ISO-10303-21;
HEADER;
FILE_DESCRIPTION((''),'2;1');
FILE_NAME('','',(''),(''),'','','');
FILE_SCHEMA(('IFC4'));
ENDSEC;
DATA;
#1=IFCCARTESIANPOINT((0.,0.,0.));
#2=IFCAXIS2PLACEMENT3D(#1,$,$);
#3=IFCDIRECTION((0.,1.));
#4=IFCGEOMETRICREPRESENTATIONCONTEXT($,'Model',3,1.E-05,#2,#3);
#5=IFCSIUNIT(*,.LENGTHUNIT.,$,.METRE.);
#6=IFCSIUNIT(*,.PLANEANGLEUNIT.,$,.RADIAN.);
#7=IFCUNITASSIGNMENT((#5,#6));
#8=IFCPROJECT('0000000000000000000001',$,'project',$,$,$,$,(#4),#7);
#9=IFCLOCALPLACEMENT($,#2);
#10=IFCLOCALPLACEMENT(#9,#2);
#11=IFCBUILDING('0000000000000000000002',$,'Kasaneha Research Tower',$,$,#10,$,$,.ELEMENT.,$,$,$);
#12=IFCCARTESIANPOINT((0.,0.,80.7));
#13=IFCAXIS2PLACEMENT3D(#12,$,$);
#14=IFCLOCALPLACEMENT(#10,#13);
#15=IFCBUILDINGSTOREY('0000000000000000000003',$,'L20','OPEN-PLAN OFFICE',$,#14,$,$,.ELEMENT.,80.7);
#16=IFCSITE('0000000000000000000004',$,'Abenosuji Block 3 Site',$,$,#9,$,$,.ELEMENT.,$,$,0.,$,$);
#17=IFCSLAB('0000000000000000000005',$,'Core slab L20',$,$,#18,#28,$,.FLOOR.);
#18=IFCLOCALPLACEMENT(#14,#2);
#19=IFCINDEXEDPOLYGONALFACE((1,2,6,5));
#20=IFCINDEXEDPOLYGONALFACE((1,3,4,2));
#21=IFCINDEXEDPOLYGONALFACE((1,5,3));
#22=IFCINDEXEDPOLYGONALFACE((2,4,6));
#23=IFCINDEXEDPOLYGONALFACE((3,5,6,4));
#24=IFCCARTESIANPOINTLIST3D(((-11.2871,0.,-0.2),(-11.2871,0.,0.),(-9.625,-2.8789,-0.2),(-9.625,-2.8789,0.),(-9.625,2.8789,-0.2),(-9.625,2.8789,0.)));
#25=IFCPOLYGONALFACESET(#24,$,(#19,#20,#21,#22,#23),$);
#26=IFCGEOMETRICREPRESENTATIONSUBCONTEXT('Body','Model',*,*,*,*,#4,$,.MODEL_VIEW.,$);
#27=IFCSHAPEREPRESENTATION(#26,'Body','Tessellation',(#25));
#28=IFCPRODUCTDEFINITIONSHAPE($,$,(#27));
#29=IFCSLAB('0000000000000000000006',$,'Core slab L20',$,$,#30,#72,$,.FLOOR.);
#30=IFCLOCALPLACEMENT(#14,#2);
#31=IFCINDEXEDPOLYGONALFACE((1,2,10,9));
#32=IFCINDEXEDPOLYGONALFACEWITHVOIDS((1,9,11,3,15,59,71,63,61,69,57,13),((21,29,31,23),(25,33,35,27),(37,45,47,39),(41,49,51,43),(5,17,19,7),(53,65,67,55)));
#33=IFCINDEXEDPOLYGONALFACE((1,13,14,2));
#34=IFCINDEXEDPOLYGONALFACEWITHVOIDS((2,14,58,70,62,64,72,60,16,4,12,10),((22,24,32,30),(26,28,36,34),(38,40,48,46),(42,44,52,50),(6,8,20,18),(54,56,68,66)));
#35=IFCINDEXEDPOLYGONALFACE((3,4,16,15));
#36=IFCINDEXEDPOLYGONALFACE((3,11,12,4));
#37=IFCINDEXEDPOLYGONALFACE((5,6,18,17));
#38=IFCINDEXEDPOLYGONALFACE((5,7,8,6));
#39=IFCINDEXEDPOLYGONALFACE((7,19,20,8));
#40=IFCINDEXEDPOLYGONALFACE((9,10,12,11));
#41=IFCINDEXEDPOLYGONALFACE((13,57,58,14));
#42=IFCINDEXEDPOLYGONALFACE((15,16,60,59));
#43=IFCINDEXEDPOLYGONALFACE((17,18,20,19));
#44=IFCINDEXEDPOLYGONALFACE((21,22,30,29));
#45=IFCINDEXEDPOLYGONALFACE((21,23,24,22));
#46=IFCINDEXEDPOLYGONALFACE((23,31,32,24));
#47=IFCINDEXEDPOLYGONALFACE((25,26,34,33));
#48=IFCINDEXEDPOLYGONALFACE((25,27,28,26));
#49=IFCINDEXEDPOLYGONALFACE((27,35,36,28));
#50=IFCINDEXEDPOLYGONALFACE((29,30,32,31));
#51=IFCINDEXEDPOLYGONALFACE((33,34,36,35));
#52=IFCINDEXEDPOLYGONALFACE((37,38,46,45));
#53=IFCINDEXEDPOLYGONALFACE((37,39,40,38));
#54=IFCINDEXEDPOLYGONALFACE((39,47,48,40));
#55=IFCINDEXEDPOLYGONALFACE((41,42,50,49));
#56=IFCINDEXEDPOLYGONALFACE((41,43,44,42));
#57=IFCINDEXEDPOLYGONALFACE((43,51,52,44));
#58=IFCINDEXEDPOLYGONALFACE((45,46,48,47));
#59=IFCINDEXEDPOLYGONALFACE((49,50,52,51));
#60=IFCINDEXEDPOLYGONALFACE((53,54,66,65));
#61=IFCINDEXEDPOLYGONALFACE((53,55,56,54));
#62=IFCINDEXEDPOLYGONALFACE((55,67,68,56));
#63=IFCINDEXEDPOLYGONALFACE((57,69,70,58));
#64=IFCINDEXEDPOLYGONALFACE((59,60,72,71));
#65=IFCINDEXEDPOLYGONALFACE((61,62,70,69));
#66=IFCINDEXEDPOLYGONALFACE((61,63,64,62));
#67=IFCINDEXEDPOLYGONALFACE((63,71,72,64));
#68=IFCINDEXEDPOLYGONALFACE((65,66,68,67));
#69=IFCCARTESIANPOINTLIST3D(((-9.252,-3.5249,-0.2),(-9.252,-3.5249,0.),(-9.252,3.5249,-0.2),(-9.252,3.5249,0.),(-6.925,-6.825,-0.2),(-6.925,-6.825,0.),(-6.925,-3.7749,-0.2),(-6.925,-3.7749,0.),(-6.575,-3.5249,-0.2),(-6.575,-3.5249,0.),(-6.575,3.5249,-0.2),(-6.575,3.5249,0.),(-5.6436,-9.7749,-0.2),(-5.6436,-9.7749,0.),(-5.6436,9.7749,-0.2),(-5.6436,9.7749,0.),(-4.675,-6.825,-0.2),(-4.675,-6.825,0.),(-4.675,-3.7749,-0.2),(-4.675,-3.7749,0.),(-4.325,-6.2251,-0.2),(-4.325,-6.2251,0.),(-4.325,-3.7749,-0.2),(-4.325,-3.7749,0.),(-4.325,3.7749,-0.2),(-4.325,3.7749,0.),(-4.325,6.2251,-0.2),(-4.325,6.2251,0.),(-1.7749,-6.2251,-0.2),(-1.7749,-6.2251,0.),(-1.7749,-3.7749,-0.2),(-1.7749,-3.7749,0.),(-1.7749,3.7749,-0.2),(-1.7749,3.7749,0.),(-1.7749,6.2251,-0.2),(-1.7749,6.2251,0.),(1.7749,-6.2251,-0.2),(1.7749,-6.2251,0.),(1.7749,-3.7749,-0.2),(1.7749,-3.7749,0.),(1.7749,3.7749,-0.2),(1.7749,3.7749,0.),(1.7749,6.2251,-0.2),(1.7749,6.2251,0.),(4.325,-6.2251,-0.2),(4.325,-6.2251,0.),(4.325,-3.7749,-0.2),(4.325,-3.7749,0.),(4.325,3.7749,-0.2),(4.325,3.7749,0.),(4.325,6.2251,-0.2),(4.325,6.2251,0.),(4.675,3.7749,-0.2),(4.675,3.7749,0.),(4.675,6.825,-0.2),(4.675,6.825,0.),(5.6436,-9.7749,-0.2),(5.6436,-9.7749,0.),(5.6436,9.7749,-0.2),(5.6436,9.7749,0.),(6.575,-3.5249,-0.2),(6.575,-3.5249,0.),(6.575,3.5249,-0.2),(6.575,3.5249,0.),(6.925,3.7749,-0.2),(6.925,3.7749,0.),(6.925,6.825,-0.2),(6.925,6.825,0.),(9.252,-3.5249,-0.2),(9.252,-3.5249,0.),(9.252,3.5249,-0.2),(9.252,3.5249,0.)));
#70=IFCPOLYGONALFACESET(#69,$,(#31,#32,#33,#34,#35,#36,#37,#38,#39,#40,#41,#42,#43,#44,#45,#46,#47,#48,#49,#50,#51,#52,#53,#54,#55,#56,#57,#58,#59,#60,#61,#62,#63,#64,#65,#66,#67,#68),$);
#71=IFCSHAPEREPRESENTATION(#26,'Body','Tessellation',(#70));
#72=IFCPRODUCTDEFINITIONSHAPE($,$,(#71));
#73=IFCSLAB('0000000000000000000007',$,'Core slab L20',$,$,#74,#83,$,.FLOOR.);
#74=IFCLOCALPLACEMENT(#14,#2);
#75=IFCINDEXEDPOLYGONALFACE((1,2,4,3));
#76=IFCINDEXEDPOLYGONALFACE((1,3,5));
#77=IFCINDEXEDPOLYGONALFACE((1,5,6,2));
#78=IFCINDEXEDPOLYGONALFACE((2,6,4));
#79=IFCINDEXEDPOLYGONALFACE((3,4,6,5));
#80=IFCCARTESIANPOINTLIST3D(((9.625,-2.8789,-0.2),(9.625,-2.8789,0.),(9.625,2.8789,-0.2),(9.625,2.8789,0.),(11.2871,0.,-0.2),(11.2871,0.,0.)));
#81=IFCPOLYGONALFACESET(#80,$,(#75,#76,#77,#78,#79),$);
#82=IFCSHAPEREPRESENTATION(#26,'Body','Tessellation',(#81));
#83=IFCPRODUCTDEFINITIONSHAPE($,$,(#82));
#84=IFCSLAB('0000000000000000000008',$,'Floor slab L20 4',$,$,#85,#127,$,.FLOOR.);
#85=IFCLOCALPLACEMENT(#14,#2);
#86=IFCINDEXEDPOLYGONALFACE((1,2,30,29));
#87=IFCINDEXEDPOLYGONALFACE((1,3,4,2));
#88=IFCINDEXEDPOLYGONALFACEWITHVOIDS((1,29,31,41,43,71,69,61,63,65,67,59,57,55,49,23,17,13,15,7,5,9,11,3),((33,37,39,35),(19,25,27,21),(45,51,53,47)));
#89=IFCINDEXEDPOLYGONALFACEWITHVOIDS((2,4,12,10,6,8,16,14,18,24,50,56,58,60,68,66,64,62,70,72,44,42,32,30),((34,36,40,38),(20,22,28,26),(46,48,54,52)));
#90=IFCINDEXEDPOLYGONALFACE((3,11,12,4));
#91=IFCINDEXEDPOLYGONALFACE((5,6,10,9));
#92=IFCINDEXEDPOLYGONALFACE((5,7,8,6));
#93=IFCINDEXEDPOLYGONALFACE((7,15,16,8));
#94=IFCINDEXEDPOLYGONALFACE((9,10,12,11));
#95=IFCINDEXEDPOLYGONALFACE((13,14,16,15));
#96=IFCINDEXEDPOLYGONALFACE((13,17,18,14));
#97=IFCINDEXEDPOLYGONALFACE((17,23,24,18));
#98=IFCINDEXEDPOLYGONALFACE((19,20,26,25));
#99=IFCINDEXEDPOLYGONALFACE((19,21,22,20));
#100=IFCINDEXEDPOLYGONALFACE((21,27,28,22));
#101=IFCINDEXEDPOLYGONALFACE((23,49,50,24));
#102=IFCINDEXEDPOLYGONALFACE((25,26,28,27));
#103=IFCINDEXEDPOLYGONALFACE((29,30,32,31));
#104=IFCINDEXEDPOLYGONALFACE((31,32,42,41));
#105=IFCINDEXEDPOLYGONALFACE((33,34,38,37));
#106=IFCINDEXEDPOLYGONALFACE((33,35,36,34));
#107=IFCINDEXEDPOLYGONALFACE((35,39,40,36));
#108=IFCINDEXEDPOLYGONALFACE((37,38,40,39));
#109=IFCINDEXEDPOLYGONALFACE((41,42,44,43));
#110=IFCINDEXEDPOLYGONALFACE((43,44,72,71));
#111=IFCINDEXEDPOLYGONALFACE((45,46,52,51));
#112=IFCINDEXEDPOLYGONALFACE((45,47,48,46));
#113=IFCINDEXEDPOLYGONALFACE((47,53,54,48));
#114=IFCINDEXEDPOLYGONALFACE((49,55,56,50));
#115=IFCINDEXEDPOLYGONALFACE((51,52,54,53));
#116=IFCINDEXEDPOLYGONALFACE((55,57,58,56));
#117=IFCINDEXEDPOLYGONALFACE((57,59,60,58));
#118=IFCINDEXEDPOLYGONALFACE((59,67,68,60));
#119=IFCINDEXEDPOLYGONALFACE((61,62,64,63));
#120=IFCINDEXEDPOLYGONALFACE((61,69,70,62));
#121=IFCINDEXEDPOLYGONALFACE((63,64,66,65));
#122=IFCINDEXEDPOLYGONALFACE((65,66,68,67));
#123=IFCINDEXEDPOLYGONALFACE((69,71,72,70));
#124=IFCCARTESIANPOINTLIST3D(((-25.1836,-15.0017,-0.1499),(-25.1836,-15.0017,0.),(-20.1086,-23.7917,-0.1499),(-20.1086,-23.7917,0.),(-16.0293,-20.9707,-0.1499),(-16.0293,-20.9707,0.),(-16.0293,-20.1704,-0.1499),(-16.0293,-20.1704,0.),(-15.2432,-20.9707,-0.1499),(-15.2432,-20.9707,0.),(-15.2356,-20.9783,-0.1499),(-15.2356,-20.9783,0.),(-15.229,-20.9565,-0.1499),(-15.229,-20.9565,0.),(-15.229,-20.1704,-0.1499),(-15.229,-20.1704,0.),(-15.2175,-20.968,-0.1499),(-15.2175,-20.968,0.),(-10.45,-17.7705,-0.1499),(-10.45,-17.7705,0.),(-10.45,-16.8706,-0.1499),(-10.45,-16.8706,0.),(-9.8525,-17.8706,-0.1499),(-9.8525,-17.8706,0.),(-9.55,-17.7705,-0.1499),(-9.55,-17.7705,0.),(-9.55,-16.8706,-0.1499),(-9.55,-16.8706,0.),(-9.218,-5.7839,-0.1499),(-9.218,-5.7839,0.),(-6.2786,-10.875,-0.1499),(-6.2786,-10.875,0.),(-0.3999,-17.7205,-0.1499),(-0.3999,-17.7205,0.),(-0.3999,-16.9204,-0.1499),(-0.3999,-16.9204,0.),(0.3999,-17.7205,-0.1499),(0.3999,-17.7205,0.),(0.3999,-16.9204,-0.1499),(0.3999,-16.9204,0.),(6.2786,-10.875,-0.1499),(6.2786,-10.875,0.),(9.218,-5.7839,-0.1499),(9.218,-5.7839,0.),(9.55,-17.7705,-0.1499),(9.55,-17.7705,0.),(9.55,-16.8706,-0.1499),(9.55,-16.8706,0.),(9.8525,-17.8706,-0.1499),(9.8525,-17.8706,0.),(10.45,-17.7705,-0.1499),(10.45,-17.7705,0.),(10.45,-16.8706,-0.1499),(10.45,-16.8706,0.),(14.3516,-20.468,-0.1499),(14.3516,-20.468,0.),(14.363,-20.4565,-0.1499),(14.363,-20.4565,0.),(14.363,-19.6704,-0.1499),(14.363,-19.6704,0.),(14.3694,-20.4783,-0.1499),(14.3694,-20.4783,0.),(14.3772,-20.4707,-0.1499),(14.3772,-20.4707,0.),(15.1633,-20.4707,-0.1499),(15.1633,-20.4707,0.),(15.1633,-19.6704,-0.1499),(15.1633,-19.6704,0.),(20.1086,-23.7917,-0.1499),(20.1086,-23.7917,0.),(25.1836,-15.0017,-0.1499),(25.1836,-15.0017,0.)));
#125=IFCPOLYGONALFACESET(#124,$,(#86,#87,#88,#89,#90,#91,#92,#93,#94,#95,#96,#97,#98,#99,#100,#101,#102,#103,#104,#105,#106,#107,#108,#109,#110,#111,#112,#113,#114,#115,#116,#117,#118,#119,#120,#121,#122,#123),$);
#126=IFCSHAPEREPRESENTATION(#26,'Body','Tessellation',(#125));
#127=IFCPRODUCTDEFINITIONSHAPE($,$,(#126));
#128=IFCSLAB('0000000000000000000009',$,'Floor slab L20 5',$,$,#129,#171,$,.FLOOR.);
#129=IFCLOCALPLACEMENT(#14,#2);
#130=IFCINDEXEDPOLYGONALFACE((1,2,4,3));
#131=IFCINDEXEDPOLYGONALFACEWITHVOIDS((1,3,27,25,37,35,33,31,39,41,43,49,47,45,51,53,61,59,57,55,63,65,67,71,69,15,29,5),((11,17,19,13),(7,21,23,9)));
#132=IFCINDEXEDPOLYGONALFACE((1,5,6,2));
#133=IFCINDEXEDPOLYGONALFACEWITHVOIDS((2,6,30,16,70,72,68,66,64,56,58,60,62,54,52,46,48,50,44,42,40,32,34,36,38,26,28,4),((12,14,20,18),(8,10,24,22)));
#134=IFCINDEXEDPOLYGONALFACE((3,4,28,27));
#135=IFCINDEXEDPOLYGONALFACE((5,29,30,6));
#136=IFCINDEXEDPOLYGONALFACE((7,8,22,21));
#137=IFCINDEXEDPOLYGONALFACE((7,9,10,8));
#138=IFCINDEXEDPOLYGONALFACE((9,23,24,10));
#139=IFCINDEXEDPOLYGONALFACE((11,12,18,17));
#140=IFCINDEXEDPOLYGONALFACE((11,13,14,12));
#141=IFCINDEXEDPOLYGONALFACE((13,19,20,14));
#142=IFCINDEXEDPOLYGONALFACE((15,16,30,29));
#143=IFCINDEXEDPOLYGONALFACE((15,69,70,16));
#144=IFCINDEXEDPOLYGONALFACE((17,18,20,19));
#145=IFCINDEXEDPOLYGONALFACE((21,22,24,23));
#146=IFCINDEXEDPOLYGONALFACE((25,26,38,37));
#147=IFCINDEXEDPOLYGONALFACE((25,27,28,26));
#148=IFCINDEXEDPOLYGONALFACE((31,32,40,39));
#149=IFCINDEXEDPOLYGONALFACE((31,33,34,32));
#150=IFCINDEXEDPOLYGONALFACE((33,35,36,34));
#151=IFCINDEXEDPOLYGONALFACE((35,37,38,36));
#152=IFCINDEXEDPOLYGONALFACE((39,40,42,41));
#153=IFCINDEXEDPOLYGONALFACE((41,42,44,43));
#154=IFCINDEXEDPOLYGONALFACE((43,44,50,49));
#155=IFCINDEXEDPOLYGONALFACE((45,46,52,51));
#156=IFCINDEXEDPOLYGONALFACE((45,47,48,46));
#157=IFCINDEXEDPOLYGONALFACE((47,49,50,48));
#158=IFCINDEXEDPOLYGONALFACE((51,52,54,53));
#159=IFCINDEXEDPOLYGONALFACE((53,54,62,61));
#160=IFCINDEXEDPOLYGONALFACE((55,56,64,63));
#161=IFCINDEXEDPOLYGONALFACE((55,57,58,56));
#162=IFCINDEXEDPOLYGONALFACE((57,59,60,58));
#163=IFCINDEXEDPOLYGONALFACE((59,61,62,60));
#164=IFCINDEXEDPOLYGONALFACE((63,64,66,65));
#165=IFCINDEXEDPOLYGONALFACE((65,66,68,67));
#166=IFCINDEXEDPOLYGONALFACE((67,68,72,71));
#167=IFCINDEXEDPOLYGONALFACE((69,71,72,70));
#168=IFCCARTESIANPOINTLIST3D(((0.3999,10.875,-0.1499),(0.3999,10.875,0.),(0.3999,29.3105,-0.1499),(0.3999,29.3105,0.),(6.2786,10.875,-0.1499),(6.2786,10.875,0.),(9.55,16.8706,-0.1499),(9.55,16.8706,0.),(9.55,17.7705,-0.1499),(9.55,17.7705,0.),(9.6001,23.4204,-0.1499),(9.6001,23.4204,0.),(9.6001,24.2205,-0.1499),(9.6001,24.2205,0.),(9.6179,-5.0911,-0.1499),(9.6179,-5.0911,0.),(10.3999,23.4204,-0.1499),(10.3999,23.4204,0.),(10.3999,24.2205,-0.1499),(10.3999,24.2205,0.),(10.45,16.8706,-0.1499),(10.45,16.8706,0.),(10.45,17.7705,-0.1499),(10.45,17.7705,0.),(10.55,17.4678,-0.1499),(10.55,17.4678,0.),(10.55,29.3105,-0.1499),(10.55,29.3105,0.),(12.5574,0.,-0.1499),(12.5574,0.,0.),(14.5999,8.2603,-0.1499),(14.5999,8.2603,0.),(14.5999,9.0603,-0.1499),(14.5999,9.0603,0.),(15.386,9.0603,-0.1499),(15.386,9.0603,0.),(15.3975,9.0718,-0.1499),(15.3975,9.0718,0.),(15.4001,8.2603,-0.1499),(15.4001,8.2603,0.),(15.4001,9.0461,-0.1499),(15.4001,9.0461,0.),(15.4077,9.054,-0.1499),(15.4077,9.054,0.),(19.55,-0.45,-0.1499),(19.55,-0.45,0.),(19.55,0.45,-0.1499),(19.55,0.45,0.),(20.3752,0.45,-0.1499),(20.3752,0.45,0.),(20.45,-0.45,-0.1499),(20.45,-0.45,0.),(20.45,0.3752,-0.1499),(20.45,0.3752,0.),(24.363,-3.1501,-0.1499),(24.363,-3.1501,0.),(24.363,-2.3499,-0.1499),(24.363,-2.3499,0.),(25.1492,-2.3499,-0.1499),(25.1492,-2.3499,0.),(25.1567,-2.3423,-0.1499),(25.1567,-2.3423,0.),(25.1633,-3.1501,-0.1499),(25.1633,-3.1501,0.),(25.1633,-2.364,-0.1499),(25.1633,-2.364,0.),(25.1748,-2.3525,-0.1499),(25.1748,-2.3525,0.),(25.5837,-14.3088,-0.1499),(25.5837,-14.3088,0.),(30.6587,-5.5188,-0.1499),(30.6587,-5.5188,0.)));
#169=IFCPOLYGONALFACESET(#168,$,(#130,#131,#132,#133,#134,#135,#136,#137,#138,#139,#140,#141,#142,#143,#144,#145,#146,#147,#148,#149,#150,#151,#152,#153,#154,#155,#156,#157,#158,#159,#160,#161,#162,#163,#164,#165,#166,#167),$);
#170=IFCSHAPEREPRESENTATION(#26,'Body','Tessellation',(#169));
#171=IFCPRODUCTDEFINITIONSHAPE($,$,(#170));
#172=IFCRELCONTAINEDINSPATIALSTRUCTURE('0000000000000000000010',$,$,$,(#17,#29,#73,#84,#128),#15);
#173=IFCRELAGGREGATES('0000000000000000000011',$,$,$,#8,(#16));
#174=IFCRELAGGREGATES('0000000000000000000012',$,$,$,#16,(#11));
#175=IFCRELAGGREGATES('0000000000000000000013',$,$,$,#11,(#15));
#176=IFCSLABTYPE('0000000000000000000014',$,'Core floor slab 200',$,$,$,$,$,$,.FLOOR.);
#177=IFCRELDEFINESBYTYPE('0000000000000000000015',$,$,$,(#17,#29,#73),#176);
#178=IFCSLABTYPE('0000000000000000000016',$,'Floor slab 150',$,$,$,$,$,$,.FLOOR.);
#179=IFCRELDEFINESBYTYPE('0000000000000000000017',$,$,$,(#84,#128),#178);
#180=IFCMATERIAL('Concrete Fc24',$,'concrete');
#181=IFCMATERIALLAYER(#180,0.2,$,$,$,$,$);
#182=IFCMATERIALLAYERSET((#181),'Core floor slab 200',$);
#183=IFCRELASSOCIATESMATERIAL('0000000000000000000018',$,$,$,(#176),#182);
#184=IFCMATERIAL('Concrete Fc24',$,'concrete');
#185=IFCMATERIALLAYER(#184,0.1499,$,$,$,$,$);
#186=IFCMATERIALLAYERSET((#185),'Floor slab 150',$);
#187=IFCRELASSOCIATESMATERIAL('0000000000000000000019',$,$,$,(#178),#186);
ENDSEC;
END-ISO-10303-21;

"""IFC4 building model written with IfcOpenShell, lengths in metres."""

from ifc_helpers import new_model, si_unit, direction, frame, origin, place, context, subcontext, project, spatial, polyline, outline, extrude, material, layer, layer_set, type_object, element, save


model = new_model("IFC4")

# Units and contexts
model_context = context("Model", 3, precision=1e-05, world=origin(), true_north=direction((0.0, 1.0)))
body_context = subcontext(model_context, "Body", "Model", "MODEL_VIEW")
ifc_project = project(units=[si_unit("LENGTHUNIT", "METRE"), si_unit("PLANEANGLEUNIT", "RADIAN")], contexts=[model_context])

# Site, building, storey
site_placement = place(None, origin())
site = spatial("IfcSite", under=ifc_project, at=site_placement, Name="Abenosuji Block 3 Site", CompositionType="ELEMENT", RefElevation=0.0)
building_placement = place(site_placement, origin())
building = spatial("IfcBuilding", under=site, at=building_placement, Name="Kasaneha Research Tower", CompositionType="ELEMENT")
storey_placement = place(building_placement, frame((0.0, 0.0, 80.7)))
storey = spatial("IfcBuildingStorey", under=building, at=storey_placement, Name="L20", Description="OPEN-PLAN OFFICE", CompositionType="ELEMENT", Elevation=80.7)

# Slabs
ifc_material_1 = material(Name="Concrete Fc24", Category="concrete")
ifc_layer_1 = layer(ifc_material_1, 0.2)
ifc_layer_set_1 = layer_set([ifc_layer_1], Name="Core floor slab 200")
slab_type_1 = type_object("IfcSlabType", Name="Core floor slab 200", PredefinedType="FLOOR", material=ifc_layer_set_1)
slab_1_placement = place(storey_placement, frame((0.0, 0.0, -0.2)))
element("IfcSlab", 1, at=slab_1_placement, inside=storey, type_object=slab_type_1, Name="Core slab L20", PredefinedType="FLOOR", context=body_context, shape_type="SweptSolid", body=[
    extrude(outline(polyline([(-11.2871, 0.0), (-9.625, 2.8789), (-9.625, -2.8789), (-11.2871, 0.0)])), origin(), (0.0, 0.0, 1.0), 0.2),
])
slab_2_placement = place(storey_placement, frame((0.0, 0.0, -0.2)))
element("IfcSlab", 2, at=slab_2_placement, inside=storey, type_object=slab_type_1, Name="Core slab L20", PredefinedType="FLOOR", context=body_context, shape_type="SweptSolid", body=[
    extrude(outline(polyline([(-5.6436, 9.7749), (5.6436, 9.7749), (9.252, 3.5249), (6.575, 3.5249), (6.575, -3.5249), (9.252, -3.5249), (5.6436, -9.7749), (-5.6436, -9.7749), (-9.252, -3.5249), (-6.575, -3.5249), (-6.575, 3.5249), (-9.252, 3.5249), (-5.6436, 9.7749)]), holes=[polyline([(-6.925, -3.7749), (-6.925, -6.825), (-4.675, -6.825), (-4.675, -3.7749), (-6.925, -3.7749)]), polyline([(-4.325, -3.7749), (-4.325, -6.2251), (-1.7749, -6.2251), (-1.7749, -3.7749), (-4.325, -3.7749)]), polyline([(1.7749, -3.7749), (1.7749, -6.2251), (4.325, -6.2251), (4.325, -3.7749), (1.7749, -3.7749)]), polyline([(-4.325, 6.2251), (-4.325, 3.7749), (-1.7749, 3.7749), (-1.7749, 6.2251), (-4.325, 6.2251)]), polyline([(1.7749, 6.2251), (1.7749, 3.7749), (4.325, 3.7749), (4.325, 6.2251), (1.7749, 6.2251)]), polyline([(4.675, 6.825), (4.675, 3.7749), (6.925, 3.7749), (6.925, 6.825), (4.675, 6.825)])]), origin(), (0.0, 0.0, 1.0), 0.2),
])
slab_3_placement = place(storey_placement, frame((0.0, 0.0, -0.2)))
element("IfcSlab", 3, at=slab_3_placement, inside=storey, type_object=slab_type_1, Name="Core slab L20", PredefinedType="FLOOR", context=body_context, shape_type="SweptSolid", body=[
    extrude(outline(polyline([(11.2871, 0.0), (9.625, -2.8789), (9.625, 2.8789), (11.2871, 0.0)])), origin(), (0.0, 0.0, 1.0), 0.2),
])
ifc_material_2 = material(Name="Concrete Fc24", Category="concrete")
ifc_layer_2 = layer(ifc_material_2, 0.1499)
ifc_layer_set_2 = layer_set([ifc_layer_2], Name="Floor slab 150")
slab_type_2 = type_object("IfcSlabType", Name="Floor slab 150", PredefinedType="FLOOR", material=ifc_layer_set_2)
slab_4_placement = place(storey_placement, frame((0.0, 0.0, -0.1499)))
element("IfcSlab", 4, at=slab_4_placement, inside=storey, type_object=slab_type_2, Name="Floor slab L20 4", PredefinedType="FLOOR", context=body_context, shape_type="SweptSolid", body=[
    extrude(outline(polyline([(-6.2786, -10.875), (6.2786, -10.875), (9.218, -5.7839), (25.1836, -15.0017), (20.1086, -23.7917), (14.3694, -20.4783), (14.3772, -20.4707), (15.1633, -20.4707), (15.1633, -19.6704), (14.363, -19.6704), (14.363, -20.4565), (14.3516, -20.468), (9.8525, -17.8706), (-9.8525, -17.8706), (-15.2175, -20.968), (-15.229, -20.9565), (-15.229, -20.1704), (-16.0293, -20.1704), (-16.0293, -20.9707), (-15.2432, -20.9707), (-15.2356, -20.9783), (-20.1086, -23.7917), (-25.1836, -15.0017), (-9.218, -5.7839), (-6.2786, -10.875)]), holes=[polyline([(0.3999, -17.7205), (0.3999, -16.9204), (-0.3999, -16.9204), (-0.3999, -17.7205), (0.3999, -17.7205)]), polyline([(-9.55, -16.8706), (-10.45, -16.8706), (-10.45, -17.7705), (-9.55, -17.7705), (-9.55, -16.8706)]), polyline([(10.45, -16.8706), (9.55, -16.8706), (9.55, -17.7705), (10.45, -17.7705), (10.45, -16.8706)])]), origin(), (0.0, 0.0, 1.0), 0.1499),
])
slab_5_placement = place(storey_placement, frame((0.0, 0.0, -0.1499)))
element("IfcSlab", 5, at=slab_5_placement, inside=storey, type_object=slab_type_2, Name="Floor slab L20 5", PredefinedType="FLOOR", context=body_context, shape_type="SweptSolid", body=[
    extrude(outline(polyline([(9.6179, -5.0911), (12.5574, 0.0), (6.2786, 10.875), (0.3999, 10.875), (0.3999, 29.3105), (10.55, 29.3105), (10.55, 17.4678), (15.3975, 9.0718), (15.386, 9.0603), (14.5999, 9.0603), (14.5999, 8.2603), (15.4001, 8.2603), (15.4001, 9.0461), (15.4077, 9.054), (20.3752, 0.45), (19.55, 0.45), (19.55, -0.45), (20.45, -0.45), (20.45, 0.3752), (25.1567, -2.3423), (25.1492, -2.3499), (24.363, -2.3499), (24.363, -3.1501), (25.1633, -3.1501), (25.1633, -2.364), (25.1748, -2.3525), (30.6587, -5.5188), (25.5837, -14.3088), (9.6179, -5.0911)]), holes=[polyline([(10.45, 16.8706), (10.45, 17.7705), (9.55, 17.7705), (9.55, 16.8706), (10.45, 16.8706)]), polyline([(10.3999, 23.4204), (10.3999, 24.2205), (9.6001, 24.2205), (9.6001, 23.4204), (10.3999, 23.4204)])]), origin(), (0.0, 0.0, 1.0), 0.1499),
])

save(model, "model.ifc")
